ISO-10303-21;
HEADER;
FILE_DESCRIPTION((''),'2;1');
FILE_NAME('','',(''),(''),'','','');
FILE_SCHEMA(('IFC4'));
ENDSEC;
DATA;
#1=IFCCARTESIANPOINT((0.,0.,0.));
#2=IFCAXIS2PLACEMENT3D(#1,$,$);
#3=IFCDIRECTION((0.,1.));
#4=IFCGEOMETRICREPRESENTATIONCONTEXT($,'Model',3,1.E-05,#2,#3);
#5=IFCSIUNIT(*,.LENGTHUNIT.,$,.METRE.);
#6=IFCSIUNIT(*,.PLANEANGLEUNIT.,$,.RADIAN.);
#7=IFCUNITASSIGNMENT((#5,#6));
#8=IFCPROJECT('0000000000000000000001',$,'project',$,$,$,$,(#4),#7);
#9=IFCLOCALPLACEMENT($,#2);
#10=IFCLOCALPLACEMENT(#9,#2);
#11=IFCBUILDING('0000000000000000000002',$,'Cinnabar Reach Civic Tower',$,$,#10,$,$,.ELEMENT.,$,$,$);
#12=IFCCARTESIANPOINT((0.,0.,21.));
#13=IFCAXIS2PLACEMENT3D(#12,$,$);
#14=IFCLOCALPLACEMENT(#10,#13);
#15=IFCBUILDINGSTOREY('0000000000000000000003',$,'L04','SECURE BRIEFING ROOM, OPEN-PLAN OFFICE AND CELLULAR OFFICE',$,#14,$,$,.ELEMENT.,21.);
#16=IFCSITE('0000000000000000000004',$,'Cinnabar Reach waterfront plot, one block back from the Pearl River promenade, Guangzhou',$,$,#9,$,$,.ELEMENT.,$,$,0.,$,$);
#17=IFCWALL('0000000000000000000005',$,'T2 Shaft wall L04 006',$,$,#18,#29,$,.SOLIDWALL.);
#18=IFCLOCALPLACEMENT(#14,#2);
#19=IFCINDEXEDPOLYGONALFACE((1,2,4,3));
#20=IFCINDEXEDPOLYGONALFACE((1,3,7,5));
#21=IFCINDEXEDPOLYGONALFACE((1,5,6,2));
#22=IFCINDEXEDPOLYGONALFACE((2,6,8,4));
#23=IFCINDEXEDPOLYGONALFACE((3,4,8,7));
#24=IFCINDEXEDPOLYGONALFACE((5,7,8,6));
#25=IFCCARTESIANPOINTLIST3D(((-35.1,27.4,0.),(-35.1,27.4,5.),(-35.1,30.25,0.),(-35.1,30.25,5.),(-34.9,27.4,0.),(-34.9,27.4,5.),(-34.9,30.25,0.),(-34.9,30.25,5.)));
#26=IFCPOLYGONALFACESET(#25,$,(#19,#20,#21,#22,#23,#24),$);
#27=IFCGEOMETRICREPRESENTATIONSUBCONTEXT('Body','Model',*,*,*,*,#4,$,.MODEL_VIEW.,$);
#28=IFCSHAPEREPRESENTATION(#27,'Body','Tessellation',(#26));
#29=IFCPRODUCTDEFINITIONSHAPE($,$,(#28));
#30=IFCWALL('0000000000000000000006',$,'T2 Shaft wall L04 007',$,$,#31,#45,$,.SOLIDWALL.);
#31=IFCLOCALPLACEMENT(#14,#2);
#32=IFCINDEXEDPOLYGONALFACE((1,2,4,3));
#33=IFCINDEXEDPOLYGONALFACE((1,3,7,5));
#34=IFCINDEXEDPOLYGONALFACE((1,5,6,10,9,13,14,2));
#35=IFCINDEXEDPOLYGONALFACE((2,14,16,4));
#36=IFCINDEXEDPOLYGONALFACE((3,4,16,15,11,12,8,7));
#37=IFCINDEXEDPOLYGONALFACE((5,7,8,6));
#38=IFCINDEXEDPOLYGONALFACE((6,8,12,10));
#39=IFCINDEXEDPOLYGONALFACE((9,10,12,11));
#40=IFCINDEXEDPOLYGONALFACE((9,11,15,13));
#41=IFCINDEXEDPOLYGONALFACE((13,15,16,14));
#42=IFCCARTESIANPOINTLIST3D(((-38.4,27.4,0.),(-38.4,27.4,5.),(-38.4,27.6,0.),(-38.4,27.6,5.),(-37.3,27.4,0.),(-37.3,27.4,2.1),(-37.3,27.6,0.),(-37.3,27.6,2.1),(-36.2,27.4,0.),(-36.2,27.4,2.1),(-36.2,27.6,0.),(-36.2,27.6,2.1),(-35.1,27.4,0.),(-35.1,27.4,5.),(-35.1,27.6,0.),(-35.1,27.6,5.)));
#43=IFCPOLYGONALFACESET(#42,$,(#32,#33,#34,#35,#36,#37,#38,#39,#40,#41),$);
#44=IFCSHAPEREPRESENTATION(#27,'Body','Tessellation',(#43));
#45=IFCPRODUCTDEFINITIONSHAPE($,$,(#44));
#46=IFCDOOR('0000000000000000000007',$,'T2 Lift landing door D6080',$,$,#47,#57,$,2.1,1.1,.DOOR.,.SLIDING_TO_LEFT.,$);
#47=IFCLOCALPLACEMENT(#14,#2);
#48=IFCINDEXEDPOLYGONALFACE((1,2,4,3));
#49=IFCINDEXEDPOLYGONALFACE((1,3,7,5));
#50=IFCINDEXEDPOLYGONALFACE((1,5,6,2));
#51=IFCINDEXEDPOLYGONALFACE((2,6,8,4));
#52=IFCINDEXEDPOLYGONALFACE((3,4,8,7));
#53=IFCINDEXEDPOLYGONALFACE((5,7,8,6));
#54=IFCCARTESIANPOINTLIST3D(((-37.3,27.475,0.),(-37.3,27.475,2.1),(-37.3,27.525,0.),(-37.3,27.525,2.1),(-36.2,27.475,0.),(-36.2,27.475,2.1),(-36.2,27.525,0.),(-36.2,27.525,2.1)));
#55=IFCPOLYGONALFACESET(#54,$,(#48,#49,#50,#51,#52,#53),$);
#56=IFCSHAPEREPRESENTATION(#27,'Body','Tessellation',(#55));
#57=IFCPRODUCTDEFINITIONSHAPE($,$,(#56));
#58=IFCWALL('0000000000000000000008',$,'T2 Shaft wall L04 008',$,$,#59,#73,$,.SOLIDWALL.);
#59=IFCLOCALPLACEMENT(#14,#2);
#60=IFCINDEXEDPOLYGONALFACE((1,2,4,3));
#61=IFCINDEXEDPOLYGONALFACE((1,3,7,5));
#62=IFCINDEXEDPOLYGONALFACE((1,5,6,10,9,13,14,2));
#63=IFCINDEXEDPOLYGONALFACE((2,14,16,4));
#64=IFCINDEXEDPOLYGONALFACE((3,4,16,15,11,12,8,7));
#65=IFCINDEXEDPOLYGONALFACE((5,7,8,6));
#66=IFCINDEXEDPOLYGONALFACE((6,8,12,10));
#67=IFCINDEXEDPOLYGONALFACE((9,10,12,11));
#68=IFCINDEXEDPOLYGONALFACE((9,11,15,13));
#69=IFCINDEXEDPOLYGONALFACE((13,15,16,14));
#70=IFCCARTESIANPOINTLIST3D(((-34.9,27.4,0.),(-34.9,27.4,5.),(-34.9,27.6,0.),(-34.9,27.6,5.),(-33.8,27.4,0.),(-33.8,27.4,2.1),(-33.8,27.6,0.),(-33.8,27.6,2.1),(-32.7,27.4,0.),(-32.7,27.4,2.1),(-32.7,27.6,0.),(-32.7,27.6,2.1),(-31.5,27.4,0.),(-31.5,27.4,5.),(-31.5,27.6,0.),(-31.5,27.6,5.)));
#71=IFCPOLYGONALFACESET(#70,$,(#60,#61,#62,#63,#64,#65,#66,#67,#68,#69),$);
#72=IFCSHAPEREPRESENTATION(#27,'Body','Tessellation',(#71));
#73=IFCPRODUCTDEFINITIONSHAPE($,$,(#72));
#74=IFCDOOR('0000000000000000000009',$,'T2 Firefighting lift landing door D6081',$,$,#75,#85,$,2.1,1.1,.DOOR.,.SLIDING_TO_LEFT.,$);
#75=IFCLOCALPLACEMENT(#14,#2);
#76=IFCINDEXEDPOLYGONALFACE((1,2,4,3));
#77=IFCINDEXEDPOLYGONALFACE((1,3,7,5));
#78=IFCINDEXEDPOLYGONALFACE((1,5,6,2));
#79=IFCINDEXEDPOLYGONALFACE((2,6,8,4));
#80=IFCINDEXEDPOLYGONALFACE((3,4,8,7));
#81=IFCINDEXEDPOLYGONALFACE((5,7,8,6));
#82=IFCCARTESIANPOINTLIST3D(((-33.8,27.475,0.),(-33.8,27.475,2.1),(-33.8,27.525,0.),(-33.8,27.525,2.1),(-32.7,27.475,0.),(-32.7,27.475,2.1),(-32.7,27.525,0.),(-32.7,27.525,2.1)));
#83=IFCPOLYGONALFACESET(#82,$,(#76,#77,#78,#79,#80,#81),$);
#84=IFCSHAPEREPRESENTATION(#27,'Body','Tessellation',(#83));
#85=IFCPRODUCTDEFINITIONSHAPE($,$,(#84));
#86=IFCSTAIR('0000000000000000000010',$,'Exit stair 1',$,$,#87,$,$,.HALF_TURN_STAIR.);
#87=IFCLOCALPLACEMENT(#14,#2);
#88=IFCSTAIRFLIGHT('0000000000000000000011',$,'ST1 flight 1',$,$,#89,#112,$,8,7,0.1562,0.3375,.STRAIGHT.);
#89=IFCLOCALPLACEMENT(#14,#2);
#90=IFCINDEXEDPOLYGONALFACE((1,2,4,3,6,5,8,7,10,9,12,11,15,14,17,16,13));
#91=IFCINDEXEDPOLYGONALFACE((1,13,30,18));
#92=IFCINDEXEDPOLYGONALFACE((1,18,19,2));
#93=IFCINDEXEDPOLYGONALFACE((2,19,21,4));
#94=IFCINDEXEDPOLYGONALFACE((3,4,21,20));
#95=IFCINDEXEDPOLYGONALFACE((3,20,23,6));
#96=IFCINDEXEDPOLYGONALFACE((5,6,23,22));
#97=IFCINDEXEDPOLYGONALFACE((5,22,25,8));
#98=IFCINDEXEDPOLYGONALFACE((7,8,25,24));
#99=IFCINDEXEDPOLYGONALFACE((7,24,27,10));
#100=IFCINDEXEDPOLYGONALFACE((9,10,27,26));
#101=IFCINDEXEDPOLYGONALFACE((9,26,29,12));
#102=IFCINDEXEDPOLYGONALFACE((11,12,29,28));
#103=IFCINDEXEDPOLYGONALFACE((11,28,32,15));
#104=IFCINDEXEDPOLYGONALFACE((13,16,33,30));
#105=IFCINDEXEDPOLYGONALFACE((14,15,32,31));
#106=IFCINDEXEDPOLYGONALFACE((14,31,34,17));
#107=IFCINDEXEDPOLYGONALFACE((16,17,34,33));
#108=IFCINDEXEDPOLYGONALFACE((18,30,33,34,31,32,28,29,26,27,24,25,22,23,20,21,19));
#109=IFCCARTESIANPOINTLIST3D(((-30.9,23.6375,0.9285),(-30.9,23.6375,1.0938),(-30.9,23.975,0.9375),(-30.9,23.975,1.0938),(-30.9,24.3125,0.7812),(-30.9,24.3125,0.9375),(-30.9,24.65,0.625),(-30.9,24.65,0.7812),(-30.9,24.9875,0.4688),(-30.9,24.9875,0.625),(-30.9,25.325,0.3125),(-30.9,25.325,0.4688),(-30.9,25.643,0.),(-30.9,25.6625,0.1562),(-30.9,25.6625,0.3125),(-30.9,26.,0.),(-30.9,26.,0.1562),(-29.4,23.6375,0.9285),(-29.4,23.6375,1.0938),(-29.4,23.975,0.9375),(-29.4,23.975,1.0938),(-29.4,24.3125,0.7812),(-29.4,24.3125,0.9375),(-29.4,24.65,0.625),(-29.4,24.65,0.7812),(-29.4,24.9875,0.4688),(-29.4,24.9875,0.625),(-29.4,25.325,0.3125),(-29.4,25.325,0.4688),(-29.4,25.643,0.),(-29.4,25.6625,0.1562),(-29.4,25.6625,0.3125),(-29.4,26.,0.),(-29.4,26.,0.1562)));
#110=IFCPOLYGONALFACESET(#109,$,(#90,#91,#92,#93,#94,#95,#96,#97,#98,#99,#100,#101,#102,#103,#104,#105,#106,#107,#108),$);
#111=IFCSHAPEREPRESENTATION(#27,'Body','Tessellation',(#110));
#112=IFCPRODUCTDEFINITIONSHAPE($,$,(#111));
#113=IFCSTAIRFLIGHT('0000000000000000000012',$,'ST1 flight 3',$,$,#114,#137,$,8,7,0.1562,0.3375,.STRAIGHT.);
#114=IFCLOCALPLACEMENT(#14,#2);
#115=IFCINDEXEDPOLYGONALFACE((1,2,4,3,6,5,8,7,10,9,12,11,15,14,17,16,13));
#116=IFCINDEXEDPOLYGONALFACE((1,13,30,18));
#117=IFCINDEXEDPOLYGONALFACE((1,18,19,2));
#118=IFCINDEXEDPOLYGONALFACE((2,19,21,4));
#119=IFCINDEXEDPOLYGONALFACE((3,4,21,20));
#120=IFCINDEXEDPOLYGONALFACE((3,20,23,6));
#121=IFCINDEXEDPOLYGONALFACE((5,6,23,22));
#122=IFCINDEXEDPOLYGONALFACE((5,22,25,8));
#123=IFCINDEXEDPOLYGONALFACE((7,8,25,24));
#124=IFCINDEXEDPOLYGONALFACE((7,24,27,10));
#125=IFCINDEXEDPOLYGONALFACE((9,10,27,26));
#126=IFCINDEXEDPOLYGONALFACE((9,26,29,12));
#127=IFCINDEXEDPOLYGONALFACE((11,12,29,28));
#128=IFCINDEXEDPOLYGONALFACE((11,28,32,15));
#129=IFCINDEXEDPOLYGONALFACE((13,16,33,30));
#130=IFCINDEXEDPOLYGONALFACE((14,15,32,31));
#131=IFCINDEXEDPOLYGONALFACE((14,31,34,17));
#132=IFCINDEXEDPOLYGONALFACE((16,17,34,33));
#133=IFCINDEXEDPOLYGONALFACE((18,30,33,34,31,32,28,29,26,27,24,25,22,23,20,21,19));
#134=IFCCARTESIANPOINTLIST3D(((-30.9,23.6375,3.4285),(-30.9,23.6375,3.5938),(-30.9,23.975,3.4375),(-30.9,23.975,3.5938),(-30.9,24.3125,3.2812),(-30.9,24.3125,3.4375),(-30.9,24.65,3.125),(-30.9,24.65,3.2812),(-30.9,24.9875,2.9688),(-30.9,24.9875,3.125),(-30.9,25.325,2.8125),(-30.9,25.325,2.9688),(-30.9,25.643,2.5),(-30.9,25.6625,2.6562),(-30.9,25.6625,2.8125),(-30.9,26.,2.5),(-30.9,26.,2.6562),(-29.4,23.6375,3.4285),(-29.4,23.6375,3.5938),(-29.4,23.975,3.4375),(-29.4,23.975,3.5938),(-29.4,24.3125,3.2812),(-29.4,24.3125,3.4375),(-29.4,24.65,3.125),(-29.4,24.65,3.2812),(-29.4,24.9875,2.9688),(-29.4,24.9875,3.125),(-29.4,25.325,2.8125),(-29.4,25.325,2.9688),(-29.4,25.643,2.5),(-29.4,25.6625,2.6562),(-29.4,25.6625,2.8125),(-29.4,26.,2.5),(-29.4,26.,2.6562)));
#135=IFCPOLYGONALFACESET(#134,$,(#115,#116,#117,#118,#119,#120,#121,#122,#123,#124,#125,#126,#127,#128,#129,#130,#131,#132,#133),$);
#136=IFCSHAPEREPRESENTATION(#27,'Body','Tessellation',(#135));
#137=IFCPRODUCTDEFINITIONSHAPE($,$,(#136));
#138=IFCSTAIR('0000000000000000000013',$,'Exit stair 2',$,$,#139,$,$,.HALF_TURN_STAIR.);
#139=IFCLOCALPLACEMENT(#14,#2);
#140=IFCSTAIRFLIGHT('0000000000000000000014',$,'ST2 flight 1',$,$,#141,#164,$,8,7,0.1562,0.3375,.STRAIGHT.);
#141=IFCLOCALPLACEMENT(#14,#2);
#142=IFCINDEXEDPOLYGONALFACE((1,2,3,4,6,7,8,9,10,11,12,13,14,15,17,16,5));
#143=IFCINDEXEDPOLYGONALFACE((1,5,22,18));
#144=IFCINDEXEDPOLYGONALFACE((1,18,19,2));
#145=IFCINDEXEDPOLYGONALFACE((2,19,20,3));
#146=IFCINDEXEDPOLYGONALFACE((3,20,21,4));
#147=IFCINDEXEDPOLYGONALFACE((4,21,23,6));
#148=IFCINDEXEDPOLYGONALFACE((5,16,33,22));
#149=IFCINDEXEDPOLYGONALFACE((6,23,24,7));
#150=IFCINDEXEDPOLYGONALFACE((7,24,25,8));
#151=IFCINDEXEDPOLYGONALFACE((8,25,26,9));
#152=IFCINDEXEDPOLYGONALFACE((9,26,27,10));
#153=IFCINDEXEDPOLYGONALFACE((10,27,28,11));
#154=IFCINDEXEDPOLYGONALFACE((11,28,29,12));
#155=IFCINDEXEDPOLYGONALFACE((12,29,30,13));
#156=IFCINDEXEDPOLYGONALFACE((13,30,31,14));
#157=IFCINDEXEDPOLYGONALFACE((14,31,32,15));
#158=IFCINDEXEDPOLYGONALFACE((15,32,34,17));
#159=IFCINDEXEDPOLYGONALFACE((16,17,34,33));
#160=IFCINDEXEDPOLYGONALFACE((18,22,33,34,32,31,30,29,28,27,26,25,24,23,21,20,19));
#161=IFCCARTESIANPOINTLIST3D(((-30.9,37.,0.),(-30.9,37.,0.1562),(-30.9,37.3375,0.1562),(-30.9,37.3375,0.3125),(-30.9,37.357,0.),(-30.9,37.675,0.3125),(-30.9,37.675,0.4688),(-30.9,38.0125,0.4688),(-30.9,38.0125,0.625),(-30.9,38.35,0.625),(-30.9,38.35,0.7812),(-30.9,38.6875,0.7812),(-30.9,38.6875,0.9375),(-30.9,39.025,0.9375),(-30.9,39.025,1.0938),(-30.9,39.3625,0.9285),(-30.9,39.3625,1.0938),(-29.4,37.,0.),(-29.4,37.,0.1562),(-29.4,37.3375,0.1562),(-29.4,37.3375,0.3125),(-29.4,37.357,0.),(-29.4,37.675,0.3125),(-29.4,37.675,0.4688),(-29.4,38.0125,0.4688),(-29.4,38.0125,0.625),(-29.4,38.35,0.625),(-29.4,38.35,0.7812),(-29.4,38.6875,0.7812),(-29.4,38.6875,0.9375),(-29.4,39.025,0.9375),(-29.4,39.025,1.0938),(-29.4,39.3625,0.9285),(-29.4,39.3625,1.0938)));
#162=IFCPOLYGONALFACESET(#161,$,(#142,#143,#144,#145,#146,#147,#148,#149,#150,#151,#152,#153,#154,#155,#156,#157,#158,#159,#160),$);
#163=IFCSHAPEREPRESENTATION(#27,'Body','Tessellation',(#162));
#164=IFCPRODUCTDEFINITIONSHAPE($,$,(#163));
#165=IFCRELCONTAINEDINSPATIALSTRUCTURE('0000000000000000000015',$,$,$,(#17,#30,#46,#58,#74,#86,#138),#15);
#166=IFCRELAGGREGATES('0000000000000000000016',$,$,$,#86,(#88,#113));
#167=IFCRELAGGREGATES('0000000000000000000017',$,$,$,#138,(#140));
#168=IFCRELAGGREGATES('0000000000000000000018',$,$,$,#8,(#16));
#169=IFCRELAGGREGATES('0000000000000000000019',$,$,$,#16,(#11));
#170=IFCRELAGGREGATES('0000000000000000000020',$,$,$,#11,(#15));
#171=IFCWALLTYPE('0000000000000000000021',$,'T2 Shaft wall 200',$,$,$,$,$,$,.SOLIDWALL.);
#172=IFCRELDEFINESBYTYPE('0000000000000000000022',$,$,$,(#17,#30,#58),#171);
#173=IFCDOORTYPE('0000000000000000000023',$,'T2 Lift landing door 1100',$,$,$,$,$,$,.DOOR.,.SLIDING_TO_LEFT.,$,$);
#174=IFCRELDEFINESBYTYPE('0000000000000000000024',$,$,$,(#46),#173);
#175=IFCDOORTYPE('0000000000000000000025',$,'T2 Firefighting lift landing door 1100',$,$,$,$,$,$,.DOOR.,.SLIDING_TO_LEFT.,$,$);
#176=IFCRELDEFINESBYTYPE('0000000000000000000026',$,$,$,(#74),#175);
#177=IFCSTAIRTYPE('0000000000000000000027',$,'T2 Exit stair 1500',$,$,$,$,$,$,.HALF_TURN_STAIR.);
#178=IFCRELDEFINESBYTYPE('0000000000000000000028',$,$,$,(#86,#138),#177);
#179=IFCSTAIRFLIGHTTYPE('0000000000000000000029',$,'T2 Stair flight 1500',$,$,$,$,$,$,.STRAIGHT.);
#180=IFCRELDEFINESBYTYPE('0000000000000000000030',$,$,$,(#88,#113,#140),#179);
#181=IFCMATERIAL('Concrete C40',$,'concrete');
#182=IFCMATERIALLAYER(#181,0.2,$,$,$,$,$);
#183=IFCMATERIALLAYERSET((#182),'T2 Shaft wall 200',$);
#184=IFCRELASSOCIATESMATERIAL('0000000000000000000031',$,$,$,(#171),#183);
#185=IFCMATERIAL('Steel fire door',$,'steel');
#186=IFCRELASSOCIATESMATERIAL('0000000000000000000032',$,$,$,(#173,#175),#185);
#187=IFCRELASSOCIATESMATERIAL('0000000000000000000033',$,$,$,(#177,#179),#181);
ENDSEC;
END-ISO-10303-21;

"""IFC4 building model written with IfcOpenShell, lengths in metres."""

from ifc_helpers import new_model, si_unit, direction, frame, frame_2d, origin, place, context, subcontext, project, spatial, polyline, rectangle, outline, extrude, material, layer, layer_set, type_object, element, fill, aggregate, save


model = new_model("IFC4")

# Units and contexts
model_context = context("Model", 3, precision=1e-05, world=origin(), true_north=direction((0.0, 1.0)))
body_context = subcontext(model_context, "Body", "Model", "MODEL_VIEW")
ifc_project = project(units=[si_unit("LENGTHUNIT", "METRE"), si_unit("PLANEANGLEUNIT", "RADIAN")], contexts=[model_context])

# Site, building, storey
site_placement = place(None, origin())
site = spatial("IfcSite", under=ifc_project, at=site_placement, Name="Cinnabar Reach waterfront plot, one block back from the Pearl River promenade, Guangzhou", CompositionType="ELEMENT", RefElevation=0.0)
building_placement = place(site_placement, origin())
building = spatial("IfcBuilding", under=site, at=building_placement, Name="Cinnabar Reach Civic Tower", CompositionType="ELEMENT")
storey_placement = place(building_placement, frame((0.0, 0.0, 21.0)))
storey = spatial("IfcBuildingStorey", under=building, at=storey_placement, Name="L04", Description="SECURE BRIEFING ROOM, OPEN-PLAN OFFICE AND CELLULAR OFFICE", CompositionType="ELEMENT", Elevation=21.0)

# Shared definitions
ifc_material_1 = material(Name="Steel fire door", Category="steel")

# Wall
ifc_material_2 = material(Name="Concrete C40", Category="concrete")
ifc_layer_1 = layer(ifc_material_2, 0.2)
ifc_layer_set_1 = layer_set([ifc_layer_1], Name="T2 Shaft wall 200")
wall_type_1 = type_object("IfcWallType", Name="T2 Shaft wall 200", PredefinedType="SOLIDWALL", material=ifc_layer_set_1)
for number, where, z_axis, x_axis, name in (
    (1, (-35.0, 27.4, 0.0), (0.0, 0.0, 1.0), (0.0, 1.0, 0.0), "T2 Shaft wall L04 006"),
):
    element("IfcWall", number, at=place(storey_placement, frame(where, z_axis=z_axis, x_axis=x_axis)), inside=storey, type_object=wall_type_1, Name=name, PredefinedType="SOLIDWALL", context=body_context, shape_type="SweptSolid", body=[
        extrude(rectangle(XDim=2.85, YDim=0.2, at=frame_2d((1.425, 0.0))), origin(), (0.0, 0.0, 1.0), 5.0),
    ])

# Walls, openings, doors
wall_1_placement = place(storey_placement, frame((-38.4, 27.5, 0.0), z_axis=(0.0, 0.0, 1.0), x_axis=(1.0, 0.0, 0.0)))
wall_1 = element("IfcWall", 2, at=wall_1_placement, inside=storey, type_object=wall_type_1, Name="T2 Shaft wall L04 007", PredefinedType="SOLIDWALL", context=body_context, shape_type="SweptSolid", body=[
    extrude(rectangle(XDim=3.3, YDim=0.2, at=frame_2d((1.65, 0.0))), origin(), (0.0, 0.0, 1.0), 5.0),
])
opening_1_placement = place(wall_1_placement, frame((1.1, 0.0, 0.0)))
opening_1 = element("IfcOpeningElement", 3, at=opening_1_placement, cuts=wall_1, PredefinedType="OPENING", context=body_context, shape_type="SweptSolid", body=[
    extrude(rectangle(XDim=1.1, YDim=2.1, at=frame_2d((0.55, 1.05))), frame((0.0, 0.11, 0.0), z_axis=(0.0, -1.0, 0.0), x_axis=(1.0, 0.0, 0.0)), (0.0, 0.0, 1.0), 0.22),
])
door_type_1 = type_object("IfcDoorType", Name="T2 Lift landing door 1100", OperationType="SLIDING_TO_LEFT", PredefinedType="DOOR", material=ifc_material_1)
door_1_placement = place(opening_1_placement, origin())
door_1 = element("IfcDoor", 4, at=door_1_placement, inside=storey, type_object=door_type_1, Name="T2 Lift landing door D6080", OperationType="SLIDING_TO_LEFT", OverallHeight=2.1, OverallWidth=1.1, PredefinedType="DOOR", context=body_context, shape_type="SweptSolid", body=[
    extrude(rectangle(XDim=1.1, YDim=2.1, at=frame_2d((0.55, 1.05))), frame((0.0, 0.025, 0.0), z_axis=(0.0, -1.0, 0.0), x_axis=(1.0, 0.0, 0.0)), (0.0, 0.0, 1.0), 0.05),
])
fill(opening_1, door_1)
wall_2_placement = place(storey_placement, frame((-34.9, 27.5, 0.0), z_axis=(0.0, 0.0, 1.0), x_axis=(1.0, 0.0, 0.0)))
wall_2 = element("IfcWall", 5, at=wall_2_placement, inside=storey, type_object=wall_type_1, Name="T2 Shaft wall L04 008", PredefinedType="SOLIDWALL", context=body_context, shape_type="SweptSolid", body=[
    extrude(rectangle(XDim=3.4, YDim=0.2, at=frame_2d((1.7, 0.0))), origin(), (0.0, 0.0, 1.0), 5.0),
])
opening_2_placement = place(wall_2_placement, frame((1.1, 0.0, 0.0)))
opening_2 = element("IfcOpeningElement", 6, at=opening_2_placement, cuts=wall_2, PredefinedType="OPENING", context=body_context, shape_type="SweptSolid", body=[
    extrude(rectangle(XDim=1.1, YDim=2.1, at=frame_2d((0.55, 1.05))), frame((0.0, 0.11, 0.0), z_axis=(0.0, -1.0, 0.0), x_axis=(1.0, 0.0, 0.0)), (0.0, 0.0, 1.0), 0.22),
])
door_type_2 = type_object("IfcDoorType", Name="T2 Firefighting lift landing door 1100", OperationType="SLIDING_TO_LEFT", PredefinedType="DOOR", material=ifc_material_1)
door_2_placement = place(opening_2_placement, origin())
door_2 = element("IfcDoor", 7, at=door_2_placement, inside=storey, type_object=door_type_2, Name="T2 Firefighting lift landing door D6081", OperationType="SLIDING_TO_LEFT", OverallHeight=2.1, OverallWidth=1.1, PredefinedType="DOOR", context=body_context, shape_type="SweptSolid", body=[
    extrude(rectangle(XDim=1.1, YDim=2.1, at=frame_2d((0.55, 1.05))), frame((0.0, 0.025, 0.0), z_axis=(0.0, -1.0, 0.0), x_axis=(1.0, 0.0, 0.0)), (0.0, 0.0, 1.0), 0.05),
])
fill(opening_2, door_2)

# Stairs, stair flights
stair_type = type_object("IfcStairType", Name="T2 Exit stair 1500", PredefinedType="HALF_TURN_STAIR", material=ifc_material_2)
stair_1_placement = place(storey_placement, origin())
stair_1 = element("IfcStair", 8, at=stair_1_placement, inside=storey, type_object=stair_type, Name="Exit stair 1", PredefinedType="HALF_TURN_STAIR")
stair_flight_type = type_object("IfcStairFlightType", Name="T2 Stair flight 1500", PredefinedType="STRAIGHT", material=ifc_material_2)
stair_flight_1_placement = place(storey_placement, frame((-30.15, 26.0, 0.0), z_axis=(0.0, 0.0, 1.0), x_axis=(0.0, -1.0, 0.0)))
stair_flight_1 = element("IfcStairFlight", 9, at=stair_flight_1_placement, type_object=stair_flight_type, Name="ST1 flight 1", NumberOfRisers=8, NumberOfTreads=7, PredefinedType="STRAIGHT", RiserHeight=0.1562, TreadLength=0.3375, context=body_context, shape_type="SweptSolid", body=[
    extrude(outline(polyline([(0.0, 0.0), (0.0, 0.1562), (0.3375, 0.1562), (0.3375, 0.3125), (0.675, 0.3125), (0.675, 0.4688), (1.0125, 0.4688), (1.0125, 0.625), (1.35, 0.625), (1.35, 0.7812), (1.6875, 0.7812), (1.6875, 0.9375), (2.025, 0.9375), (2.025, 1.0938), (2.3625, 1.0938), (2.3625, 1.25), (2.3625, 0.9285), (0.357, 0.0), (0.0, 0.0)])), frame((0.0, 0.75, 0.0), z_axis=(0.0, -1.0, 0.0), x_axis=(1.0, 0.0, 0.0)), (0.0, 0.0, 1.0), 1.5),
])
stair_flight_2_placement = place(storey_placement, frame((-30.15, 26.0, 2.5), z_axis=(0.0, 0.0, 1.0), x_axis=(0.0, -1.0, 0.0)))
stair_flight_2 = element("IfcStairFlight", 10, at=stair_flight_2_placement, type_object=stair_flight_type, Name="ST1 flight 3", NumberOfRisers=8, NumberOfTreads=7, PredefinedType="STRAIGHT", RiserHeight=0.1562, TreadLength=0.3375, context=body_context, shape_type="SweptSolid", body=[
    extrude(outline(polyline([(0.0, 0.0), (0.0, 0.1562), (0.3375, 0.1562), (0.3375, 0.3125), (0.675, 0.3125), (0.675, 0.4688), (1.0125, 0.4688), (1.0125, 0.625), (1.35, 0.625), (1.35, 0.7812), (1.6875, 0.7812), (1.6875, 0.9375), (2.025, 0.9375), (2.025, 1.0938), (2.3625, 1.0938), (2.3625, 1.25), (2.3625, 0.9285), (0.357, 0.0), (0.0, 0.0)])), frame((0.0, 0.75, 0.0), z_axis=(0.0, -1.0, 0.0), x_axis=(1.0, 0.0, 0.0)), (0.0, 0.0, 1.0), 1.5),
])
aggregate(stair_1, [stair_flight_1, stair_flight_2])
stair_2_placement = place(storey_placement, origin())
stair_2 = element("IfcStair", 11, at=stair_2_placement, inside=storey, type_object=stair_type, Name="Exit stair 2", PredefinedType="HALF_TURN_STAIR")
stair_flight_3_placement = place(storey_placement, frame((-30.15, 37.0, 0.0), z_axis=(0.0, 0.0, 1.0), x_axis=(0.0, 1.0, 0.0)))
stair_flight_3 = element("IfcStairFlight", 12, at=stair_flight_3_placement, type_object=stair_flight_type, Name="ST2 flight 1", NumberOfRisers=8, NumberOfTreads=7, PredefinedType="STRAIGHT", RiserHeight=0.1562, TreadLength=0.3375, context=body_context, shape_type="SweptSolid", body=[
    extrude(outline(polyline([(0.0, 0.0), (0.0, 0.1562), (0.3375, 0.1562), (0.3375, 0.3125), (0.675, 0.3125), (0.675, 0.4688), (1.0125, 0.4688), (1.0125, 0.625), (1.35, 0.625), (1.35, 0.7812), (1.6875, 0.7812), (1.6875, 0.9375), (2.025, 0.9375), (2.025, 1.0938), (2.3625, 1.0938), (2.3625, 1.25), (2.3625, 0.9285), (0.357, 0.0), (0.0, 0.0)])), frame((0.0, 0.75, 0.0), z_axis=(0.0, -1.0, 0.0), x_axis=(1.0, 0.0, 0.0)), (0.0, 0.0, 1.0), 1.5),
])
aggregate(stair_2, [stair_flight_3])

save(model, "model.ifc")
